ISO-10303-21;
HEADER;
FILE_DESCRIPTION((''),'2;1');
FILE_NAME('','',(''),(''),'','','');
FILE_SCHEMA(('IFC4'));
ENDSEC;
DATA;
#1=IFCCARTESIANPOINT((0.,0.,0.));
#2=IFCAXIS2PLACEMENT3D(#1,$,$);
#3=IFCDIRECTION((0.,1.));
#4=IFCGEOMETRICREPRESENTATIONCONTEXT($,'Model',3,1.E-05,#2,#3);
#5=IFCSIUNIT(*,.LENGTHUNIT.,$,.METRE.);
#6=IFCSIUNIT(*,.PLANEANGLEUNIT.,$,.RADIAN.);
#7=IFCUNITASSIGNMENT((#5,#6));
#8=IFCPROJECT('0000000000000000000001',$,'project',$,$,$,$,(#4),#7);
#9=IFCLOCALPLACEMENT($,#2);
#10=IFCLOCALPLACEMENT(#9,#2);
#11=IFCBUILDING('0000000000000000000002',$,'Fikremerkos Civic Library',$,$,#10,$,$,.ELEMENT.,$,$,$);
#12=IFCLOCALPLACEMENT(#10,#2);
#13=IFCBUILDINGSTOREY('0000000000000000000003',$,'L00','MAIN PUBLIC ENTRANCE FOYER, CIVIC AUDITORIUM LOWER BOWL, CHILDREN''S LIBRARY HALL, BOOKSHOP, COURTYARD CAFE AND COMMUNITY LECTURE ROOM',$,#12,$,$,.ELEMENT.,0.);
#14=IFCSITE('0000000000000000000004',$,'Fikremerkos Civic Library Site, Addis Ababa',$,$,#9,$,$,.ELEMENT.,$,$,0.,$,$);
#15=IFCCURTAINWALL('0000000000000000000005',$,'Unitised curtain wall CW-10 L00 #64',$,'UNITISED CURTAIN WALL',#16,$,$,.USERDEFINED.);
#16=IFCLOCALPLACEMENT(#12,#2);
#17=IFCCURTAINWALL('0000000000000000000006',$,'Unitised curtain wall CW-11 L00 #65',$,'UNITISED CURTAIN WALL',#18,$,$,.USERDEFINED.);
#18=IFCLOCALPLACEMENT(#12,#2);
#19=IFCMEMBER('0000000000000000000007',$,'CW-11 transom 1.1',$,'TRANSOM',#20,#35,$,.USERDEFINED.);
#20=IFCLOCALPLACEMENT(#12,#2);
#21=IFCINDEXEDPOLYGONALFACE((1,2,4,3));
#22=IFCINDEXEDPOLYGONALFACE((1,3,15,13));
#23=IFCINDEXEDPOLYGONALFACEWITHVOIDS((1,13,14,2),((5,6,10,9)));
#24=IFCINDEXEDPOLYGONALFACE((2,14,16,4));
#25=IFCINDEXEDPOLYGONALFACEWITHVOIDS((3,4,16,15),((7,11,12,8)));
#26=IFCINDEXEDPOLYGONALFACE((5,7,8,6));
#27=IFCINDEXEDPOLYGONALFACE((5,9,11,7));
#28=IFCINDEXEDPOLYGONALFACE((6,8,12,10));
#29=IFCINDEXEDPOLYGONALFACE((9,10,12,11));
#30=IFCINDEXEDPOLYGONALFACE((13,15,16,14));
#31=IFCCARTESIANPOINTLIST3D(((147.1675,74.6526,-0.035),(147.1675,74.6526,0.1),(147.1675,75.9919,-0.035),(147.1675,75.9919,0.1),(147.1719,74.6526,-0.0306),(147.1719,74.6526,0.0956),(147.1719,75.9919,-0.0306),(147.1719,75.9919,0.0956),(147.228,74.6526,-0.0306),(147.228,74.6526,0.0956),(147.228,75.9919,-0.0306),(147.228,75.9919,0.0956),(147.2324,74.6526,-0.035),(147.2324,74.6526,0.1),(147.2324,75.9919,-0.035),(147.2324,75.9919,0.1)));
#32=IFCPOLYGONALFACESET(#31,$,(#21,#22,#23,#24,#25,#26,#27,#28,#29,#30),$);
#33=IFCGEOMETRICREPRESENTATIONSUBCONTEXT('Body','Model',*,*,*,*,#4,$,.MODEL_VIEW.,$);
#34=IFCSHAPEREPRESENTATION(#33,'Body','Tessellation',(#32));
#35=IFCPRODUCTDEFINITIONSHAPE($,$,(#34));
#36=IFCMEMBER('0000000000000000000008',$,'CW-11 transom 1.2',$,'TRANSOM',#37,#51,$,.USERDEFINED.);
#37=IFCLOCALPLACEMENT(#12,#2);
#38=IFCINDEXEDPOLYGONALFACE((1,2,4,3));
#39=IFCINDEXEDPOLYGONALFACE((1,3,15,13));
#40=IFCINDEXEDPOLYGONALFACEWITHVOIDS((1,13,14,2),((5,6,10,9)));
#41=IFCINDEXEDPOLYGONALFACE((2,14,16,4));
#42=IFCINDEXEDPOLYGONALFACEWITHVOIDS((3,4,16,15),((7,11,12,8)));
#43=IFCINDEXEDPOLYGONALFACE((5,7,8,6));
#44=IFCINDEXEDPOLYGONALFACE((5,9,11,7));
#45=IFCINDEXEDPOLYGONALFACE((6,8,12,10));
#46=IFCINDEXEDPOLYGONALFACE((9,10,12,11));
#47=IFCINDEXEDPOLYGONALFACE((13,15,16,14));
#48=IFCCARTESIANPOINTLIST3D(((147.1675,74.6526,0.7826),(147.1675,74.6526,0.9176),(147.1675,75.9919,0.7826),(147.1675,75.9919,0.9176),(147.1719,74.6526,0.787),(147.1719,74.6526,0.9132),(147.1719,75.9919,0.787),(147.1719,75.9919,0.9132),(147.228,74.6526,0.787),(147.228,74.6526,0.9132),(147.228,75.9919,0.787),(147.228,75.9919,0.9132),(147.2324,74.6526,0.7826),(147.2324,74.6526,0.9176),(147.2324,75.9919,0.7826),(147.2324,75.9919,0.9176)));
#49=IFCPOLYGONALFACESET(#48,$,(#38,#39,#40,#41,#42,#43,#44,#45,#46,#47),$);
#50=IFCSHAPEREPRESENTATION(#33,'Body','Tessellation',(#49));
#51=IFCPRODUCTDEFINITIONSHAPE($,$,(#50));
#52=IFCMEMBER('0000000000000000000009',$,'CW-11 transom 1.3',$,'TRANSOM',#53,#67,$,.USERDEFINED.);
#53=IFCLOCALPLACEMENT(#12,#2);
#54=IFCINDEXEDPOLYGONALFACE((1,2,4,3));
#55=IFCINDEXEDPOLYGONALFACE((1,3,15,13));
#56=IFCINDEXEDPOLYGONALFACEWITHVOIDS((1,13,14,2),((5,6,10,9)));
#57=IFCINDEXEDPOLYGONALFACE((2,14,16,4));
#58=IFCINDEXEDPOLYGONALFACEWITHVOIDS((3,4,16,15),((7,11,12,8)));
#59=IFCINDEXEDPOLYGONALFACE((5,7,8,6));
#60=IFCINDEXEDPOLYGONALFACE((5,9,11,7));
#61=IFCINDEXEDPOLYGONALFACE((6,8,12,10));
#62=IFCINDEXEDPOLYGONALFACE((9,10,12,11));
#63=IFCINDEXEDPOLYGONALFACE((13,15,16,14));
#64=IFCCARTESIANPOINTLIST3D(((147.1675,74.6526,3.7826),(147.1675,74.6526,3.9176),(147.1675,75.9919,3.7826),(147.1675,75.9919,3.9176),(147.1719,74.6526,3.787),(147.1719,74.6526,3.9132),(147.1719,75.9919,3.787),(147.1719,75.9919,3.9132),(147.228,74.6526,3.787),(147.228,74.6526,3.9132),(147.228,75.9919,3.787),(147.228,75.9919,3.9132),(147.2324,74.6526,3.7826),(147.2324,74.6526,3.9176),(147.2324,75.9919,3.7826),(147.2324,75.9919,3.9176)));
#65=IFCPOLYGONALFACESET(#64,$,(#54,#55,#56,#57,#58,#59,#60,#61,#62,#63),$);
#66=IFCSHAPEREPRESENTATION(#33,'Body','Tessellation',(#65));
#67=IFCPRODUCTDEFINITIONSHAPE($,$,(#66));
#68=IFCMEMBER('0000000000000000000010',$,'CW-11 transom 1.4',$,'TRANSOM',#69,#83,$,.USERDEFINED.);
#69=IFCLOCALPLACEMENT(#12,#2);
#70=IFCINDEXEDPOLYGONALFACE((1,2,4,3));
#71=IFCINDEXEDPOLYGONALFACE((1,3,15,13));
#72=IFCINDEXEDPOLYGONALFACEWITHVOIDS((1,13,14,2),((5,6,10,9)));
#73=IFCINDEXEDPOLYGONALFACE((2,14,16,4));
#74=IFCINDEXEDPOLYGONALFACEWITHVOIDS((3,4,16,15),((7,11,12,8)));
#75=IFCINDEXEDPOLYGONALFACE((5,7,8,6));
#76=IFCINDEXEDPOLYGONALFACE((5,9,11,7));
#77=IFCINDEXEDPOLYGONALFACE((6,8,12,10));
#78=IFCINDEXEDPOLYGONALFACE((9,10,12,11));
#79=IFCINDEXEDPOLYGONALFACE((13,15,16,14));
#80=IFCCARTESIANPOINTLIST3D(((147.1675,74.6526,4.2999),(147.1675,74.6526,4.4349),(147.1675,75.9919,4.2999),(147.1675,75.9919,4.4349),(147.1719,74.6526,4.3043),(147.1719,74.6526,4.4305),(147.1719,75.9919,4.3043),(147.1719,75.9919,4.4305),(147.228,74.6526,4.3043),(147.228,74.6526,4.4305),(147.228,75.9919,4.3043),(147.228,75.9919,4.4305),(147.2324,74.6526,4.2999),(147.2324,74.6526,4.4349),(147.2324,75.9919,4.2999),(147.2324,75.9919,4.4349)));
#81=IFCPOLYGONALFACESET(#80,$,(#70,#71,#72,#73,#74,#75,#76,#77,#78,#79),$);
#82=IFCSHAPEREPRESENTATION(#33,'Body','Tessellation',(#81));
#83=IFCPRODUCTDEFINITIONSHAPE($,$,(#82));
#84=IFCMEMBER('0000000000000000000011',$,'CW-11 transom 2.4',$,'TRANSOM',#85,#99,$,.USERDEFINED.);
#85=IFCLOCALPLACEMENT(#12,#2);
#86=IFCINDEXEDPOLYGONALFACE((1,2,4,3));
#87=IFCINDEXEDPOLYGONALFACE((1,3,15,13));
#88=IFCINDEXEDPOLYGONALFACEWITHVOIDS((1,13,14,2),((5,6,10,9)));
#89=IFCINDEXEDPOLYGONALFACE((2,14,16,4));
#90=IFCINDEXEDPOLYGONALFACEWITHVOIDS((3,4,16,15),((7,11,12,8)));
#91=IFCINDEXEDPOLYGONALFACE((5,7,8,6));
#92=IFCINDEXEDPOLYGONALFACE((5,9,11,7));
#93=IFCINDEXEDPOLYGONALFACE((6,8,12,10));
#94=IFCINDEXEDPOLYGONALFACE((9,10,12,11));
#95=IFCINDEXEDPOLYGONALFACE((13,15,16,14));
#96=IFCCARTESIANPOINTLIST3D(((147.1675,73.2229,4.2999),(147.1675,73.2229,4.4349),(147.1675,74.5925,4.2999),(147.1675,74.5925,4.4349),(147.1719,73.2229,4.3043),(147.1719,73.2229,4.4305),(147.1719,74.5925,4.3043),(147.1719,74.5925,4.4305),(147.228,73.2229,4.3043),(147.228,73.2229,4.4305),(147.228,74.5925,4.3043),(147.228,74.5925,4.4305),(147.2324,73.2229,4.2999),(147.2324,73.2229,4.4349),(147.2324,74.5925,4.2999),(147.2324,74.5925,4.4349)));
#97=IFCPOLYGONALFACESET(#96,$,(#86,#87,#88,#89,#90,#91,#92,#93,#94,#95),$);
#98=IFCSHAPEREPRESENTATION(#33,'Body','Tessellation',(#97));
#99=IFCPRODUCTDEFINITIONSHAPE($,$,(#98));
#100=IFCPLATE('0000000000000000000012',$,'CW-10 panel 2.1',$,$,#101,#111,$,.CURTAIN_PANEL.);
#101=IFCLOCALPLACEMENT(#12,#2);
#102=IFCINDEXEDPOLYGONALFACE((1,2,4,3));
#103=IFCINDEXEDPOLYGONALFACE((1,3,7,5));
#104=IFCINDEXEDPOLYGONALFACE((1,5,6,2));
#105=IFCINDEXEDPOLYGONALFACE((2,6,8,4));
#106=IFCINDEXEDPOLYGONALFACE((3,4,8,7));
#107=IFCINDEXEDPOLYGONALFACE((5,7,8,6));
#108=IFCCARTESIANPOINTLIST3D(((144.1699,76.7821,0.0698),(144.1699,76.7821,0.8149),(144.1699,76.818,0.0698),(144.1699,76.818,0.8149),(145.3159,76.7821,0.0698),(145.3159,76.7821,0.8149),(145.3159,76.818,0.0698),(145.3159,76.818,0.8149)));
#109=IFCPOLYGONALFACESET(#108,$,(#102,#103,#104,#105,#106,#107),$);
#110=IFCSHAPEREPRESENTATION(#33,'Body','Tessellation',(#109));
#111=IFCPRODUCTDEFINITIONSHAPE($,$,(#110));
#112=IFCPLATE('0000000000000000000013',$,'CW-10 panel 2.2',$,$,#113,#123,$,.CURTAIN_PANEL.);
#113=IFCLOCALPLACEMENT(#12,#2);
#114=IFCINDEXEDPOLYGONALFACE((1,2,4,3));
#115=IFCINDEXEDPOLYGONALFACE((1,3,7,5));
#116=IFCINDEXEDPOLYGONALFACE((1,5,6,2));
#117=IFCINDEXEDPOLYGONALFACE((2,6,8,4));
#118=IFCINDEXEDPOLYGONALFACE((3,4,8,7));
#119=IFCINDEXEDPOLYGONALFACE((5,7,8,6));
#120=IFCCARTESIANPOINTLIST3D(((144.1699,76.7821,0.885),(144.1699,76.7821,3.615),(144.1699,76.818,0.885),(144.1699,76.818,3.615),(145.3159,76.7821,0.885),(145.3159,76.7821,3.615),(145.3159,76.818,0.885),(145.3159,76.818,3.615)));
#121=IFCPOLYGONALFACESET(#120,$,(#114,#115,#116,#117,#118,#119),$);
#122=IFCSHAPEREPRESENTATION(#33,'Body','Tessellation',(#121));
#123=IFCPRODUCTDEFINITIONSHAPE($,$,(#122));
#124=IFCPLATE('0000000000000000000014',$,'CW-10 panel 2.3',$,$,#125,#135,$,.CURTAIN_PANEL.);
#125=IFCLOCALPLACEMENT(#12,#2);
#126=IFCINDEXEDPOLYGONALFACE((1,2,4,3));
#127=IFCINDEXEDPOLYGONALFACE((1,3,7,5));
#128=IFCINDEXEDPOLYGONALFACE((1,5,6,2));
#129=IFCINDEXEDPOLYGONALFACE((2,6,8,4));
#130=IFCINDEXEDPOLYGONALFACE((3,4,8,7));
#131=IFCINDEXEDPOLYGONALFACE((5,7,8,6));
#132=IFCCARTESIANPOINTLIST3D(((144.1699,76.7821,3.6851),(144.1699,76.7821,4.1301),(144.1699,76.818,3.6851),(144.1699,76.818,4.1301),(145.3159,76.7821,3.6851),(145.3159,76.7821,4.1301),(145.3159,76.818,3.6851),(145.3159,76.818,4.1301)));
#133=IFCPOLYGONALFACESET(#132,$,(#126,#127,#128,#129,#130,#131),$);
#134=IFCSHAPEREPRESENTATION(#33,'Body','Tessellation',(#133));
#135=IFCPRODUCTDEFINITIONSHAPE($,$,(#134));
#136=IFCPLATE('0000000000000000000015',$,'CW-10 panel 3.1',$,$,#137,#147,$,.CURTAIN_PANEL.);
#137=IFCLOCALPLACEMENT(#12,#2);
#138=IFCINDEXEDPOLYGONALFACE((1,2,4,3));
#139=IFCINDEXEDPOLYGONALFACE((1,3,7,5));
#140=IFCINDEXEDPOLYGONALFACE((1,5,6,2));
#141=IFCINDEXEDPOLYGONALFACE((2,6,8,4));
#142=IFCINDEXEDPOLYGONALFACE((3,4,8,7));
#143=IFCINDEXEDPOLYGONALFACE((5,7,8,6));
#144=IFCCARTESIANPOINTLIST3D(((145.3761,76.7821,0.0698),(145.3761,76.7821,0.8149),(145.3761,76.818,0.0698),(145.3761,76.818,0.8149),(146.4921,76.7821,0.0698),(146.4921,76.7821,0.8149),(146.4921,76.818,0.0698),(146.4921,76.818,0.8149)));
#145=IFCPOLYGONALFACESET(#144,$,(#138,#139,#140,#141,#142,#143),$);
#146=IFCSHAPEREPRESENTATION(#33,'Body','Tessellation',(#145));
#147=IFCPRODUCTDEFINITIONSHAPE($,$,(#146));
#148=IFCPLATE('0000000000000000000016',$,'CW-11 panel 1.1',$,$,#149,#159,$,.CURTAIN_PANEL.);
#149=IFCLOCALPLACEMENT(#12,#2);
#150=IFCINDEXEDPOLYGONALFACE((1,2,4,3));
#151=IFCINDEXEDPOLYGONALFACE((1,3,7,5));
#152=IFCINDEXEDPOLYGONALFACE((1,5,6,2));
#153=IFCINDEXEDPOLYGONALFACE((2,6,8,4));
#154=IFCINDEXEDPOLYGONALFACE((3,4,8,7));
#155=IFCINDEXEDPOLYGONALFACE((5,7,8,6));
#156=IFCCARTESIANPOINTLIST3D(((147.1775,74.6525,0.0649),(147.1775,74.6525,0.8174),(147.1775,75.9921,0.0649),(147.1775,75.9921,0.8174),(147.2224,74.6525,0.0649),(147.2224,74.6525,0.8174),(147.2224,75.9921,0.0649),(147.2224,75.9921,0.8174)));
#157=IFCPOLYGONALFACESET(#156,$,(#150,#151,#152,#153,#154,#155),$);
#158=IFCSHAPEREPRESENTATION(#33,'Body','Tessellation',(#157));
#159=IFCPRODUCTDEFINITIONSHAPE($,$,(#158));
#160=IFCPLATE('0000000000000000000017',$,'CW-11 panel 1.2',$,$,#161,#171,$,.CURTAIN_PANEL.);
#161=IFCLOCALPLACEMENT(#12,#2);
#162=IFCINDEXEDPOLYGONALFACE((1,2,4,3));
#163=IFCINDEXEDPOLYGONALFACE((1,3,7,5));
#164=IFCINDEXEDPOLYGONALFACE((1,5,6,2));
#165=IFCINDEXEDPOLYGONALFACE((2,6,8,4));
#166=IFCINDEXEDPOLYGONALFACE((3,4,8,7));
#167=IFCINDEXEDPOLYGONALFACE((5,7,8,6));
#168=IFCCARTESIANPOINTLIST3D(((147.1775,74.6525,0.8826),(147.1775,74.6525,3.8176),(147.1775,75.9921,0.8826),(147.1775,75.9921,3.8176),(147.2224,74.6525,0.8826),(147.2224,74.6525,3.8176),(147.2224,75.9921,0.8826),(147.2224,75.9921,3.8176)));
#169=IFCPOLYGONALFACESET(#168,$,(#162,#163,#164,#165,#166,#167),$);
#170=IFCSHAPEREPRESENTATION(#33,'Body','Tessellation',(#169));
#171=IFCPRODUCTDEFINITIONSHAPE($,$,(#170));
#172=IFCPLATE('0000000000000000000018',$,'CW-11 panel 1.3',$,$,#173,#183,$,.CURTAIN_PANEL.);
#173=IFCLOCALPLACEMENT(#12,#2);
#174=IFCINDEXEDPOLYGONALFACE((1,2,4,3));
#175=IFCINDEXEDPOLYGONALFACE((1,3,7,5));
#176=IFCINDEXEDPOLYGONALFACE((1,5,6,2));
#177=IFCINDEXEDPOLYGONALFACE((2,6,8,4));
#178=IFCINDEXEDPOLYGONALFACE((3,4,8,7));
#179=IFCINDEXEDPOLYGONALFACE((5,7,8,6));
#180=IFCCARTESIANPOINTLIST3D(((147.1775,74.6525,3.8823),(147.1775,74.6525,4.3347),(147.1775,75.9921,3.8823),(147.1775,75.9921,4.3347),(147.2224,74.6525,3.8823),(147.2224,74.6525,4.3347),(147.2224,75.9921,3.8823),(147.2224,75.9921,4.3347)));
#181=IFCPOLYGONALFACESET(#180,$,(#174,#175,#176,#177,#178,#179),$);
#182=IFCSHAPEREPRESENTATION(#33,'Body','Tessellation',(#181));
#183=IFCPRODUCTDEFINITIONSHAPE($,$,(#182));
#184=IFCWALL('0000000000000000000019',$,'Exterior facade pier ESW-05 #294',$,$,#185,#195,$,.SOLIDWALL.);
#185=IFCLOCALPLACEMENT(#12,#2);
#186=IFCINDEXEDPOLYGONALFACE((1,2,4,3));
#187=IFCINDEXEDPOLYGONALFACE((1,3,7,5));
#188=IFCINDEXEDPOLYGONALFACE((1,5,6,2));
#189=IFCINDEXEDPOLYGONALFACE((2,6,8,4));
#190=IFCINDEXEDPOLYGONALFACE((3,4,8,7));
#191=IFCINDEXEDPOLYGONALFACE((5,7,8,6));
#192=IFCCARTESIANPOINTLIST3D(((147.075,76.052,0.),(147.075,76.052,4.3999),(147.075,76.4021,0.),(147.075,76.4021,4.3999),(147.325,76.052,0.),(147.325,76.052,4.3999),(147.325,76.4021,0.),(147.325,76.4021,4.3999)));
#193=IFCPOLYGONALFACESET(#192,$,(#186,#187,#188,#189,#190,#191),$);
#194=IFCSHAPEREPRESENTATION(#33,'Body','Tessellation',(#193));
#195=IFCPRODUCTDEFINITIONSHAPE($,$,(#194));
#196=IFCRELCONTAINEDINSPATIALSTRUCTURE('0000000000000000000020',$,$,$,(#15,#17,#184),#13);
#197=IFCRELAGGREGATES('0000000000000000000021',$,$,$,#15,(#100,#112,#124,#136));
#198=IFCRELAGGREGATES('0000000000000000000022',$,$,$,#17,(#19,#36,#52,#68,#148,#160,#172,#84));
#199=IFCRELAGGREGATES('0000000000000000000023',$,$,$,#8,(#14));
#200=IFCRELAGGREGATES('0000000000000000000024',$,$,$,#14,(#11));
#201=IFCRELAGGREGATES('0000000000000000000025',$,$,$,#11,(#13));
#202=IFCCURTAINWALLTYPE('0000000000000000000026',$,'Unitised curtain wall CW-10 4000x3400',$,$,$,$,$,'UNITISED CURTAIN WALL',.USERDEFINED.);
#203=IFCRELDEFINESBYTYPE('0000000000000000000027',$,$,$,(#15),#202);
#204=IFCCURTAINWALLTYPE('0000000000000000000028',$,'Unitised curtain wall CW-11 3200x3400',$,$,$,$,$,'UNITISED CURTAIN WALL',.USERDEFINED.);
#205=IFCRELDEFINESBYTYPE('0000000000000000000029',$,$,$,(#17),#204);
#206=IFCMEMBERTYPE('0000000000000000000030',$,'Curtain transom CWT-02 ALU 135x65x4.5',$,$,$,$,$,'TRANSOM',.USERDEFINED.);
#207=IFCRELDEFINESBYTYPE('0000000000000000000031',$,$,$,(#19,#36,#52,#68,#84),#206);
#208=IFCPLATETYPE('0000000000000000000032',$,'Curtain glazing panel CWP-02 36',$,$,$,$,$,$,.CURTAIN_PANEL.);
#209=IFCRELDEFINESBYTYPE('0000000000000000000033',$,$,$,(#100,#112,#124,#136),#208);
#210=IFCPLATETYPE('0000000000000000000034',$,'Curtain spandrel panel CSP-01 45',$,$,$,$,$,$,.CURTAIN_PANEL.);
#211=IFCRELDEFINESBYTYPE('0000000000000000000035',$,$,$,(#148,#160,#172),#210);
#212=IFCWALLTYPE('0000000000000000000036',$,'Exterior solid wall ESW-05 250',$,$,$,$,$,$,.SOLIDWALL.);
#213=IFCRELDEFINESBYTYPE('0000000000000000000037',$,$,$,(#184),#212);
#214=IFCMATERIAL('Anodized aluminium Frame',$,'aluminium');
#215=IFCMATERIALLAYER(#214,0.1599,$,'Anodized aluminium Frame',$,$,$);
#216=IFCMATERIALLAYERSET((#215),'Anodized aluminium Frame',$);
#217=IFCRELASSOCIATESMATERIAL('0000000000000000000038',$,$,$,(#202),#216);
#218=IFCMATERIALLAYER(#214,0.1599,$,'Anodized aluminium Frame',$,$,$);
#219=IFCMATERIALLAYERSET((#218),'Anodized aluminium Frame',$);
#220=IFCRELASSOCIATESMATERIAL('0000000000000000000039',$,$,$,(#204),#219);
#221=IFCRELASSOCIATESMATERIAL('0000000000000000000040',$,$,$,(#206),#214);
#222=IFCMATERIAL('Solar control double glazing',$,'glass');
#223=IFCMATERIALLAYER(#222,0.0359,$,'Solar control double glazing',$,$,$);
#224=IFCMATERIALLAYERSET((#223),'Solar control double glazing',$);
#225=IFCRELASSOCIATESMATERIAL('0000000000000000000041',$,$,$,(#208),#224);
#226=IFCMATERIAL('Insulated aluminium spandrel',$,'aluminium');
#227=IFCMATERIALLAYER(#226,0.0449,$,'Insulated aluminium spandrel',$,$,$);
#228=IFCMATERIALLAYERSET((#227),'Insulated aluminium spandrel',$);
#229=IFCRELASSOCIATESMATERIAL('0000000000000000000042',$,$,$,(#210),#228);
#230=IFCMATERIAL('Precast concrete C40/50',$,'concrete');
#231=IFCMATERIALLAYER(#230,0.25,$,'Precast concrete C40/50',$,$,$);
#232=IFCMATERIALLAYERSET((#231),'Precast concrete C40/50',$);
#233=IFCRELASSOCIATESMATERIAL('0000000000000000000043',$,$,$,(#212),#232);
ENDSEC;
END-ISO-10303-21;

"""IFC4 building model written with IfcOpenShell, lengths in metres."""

from ifc_helpers import new_model, si_unit, direction, frame, frame_2d, origin, origin_2d, place, context, subcontext, project, spatial, rectangle, hollow_rectangle, extrude, material, layer, layer_set, material_profile, profile_set, type_object, element, aggregate, save


model = new_model("IFC4")

# Units and contexts
model_context = context("Model", 3, precision=1e-05, world=origin(), true_north=direction((0.0, 1.0)))
body_context = subcontext(model_context, "Body", "Model", "MODEL_VIEW")
ifc_project = project(units=[si_unit("LENGTHUNIT", "METRE"), si_unit("PLANEANGLEUNIT", "RADIAN")], contexts=[model_context])

# Site, building, storey
site_placement = place(None, origin())
site = spatial("IfcSite", under=ifc_project, at=site_placement, Name="Fikremerkos Civic Library Site, Addis Ababa", CompositionType="ELEMENT", RefElevation=0.0)
building_placement = place(site_placement, origin())
building = spatial("IfcBuilding", under=site, at=building_placement, Name="Fikremerkos Civic Library", CompositionType="ELEMENT")
storey_placement = place(building_placement, origin())
storey = spatial("IfcBuildingStorey", under=building, at=storey_placement, Name="L00", Description="MAIN PUBLIC ENTRANCE FOYER, CIVIC AUDITORIUM LOWER BOWL, CHILDREN'S LIBRARY HALL, BOOKSHOP, COURTYARD CAFE AND COMMUNITY LECTURE ROOM", CompositionType="ELEMENT", Elevation=0.0)

# Curtain wall
ifc_material_1 = material(Name="Anodized aluminium Frame", Category="aluminium")
ifc_layer_1 = layer(ifc_material_1, 0.1599, Name="Anodized aluminium Frame")
ifc_layer_set_1 = layer_set([ifc_layer_1], Name="Anodized aluminium Frame")
curtain_wall_type_1 = type_object("IfcCurtainWallType", Name="Unitised curtain wall CW-10 4000x3400", ElementType="UNITISED CURTAIN WALL", PredefinedType="USERDEFINED", material=ifc_layer_set_1)
curtain_wall_1_placement = place(storey_placement, origin())
curtain_wall_1 = element("IfcCurtainWall", 1, at=curtain_wall_1_placement, inside=storey, type_object=curtain_wall_type_1, Name="Unitised curtain wall CW-10 L00 #64", ObjectType="UNITISED CURTAIN WALL", PredefinedType="USERDEFINED")

# Curtain wall
ifc_layer_2 = layer(ifc_material_1, 0.1599, Name="Anodized aluminium Frame")
ifc_layer_set_2 = layer_set([ifc_layer_2], Name="Anodized aluminium Frame")
curtain_wall_type_2 = type_object("IfcCurtainWallType", Name="Unitised curtain wall CW-11 3200x3400", ElementType="UNITISED CURTAIN WALL", PredefinedType="USERDEFINED", material=ifc_layer_set_2)
curtain_wall_2_placement = place(storey_placement, origin())
curtain_wall_2 = element("IfcCurtainWall", 2, at=curtain_wall_2_placement, inside=storey, type_object=curtain_wall_type_2, Name="Unitised curtain wall CW-11 L00 #65", ObjectType="UNITISED CURTAIN WALL", PredefinedType="USERDEFINED")

# Members
ifc_material_profile_1 = material_profile(ifc_material_1, hollow_rectangle(XDim=0.0649, YDim=0.135, WallThickness=0.0044, at=origin_2d()), Name="ALU 135x65x4.5")
ifc_profile_set_1 = profile_set([ifc_material_profile_1], Name="Anodized aluminium Frame")
member_type_1 = type_object("IfcMemberType", Name="Curtain transom CWT-02 ALU 135x65x4.5", ElementType="TRANSOM", PredefinedType="USERDEFINED", material=ifc_profile_set_1)
member_1_placement = place(storey_placement, frame((147.2, 75.9919, 0.0325), z_axis=(0.0, -1.0, 0.0), x_axis=(1.0, 0.0, 0.0)))
member_1 = element("IfcMember", 3, at=member_1_placement, type_object=member_type_1, Name="CW-11 transom 1.1", ObjectType="TRANSOM", PredefinedType="USERDEFINED", context=body_context, shape_type="SweptSolid", body=[
    extrude(hollow_rectangle(XDim=0.0649, YDim=0.135, WallThickness=0.0044, at=origin_2d()), origin(), (0.0, 0.0, 1.0), 1.3394),
])
member_2_placement = place(storey_placement, frame((147.2, 75.9919, 0.8501), z_axis=(0.0, -1.0, 0.0), x_axis=(1.0, 0.0, 0.0)))
member_2 = element("IfcMember", 4, at=member_2_placement, type_object=member_type_1, Name="CW-11 transom 1.2", ObjectType="TRANSOM", PredefinedType="USERDEFINED", context=body_context, shape_type="SweptSolid", body=[
    extrude(hollow_rectangle(XDim=0.0649, YDim=0.135, WallThickness=0.0044, at=origin_2d()), origin(), (0.0, 0.0, 1.0), 1.3394),
])
member_3_placement = place(storey_placement, frame((147.2, 75.9919, 3.8501), z_axis=(0.0, -1.0, 0.0), x_axis=(1.0, 0.0, 0.0)))
member_3 = element("IfcMember", 5, at=member_3_placement, type_object=member_type_1, Name="CW-11 transom 1.3", ObjectType="TRANSOM", PredefinedType="USERDEFINED", context=body_context, shape_type="SweptSolid", body=[
    extrude(hollow_rectangle(XDim=0.0649, YDim=0.135, WallThickness=0.0044, at=origin_2d()), origin(), (0.0, 0.0, 1.0), 1.3394),
])
member_4_placement = place(storey_placement, frame((147.2, 75.9919, 4.3674), z_axis=(0.0, -1.0, 0.0), x_axis=(1.0, 0.0, 0.0)))
member_4 = element("IfcMember", 6, at=member_4_placement, type_object=member_type_1, Name="CW-11 transom 1.4", ObjectType="TRANSOM", PredefinedType="USERDEFINED", context=body_context, shape_type="SweptSolid", body=[
    extrude(hollow_rectangle(XDim=0.0649, YDim=0.135, WallThickness=0.0044, at=origin_2d()), origin(), (0.0, 0.0, 1.0), 1.3394),
])
member_5_placement = place(storey_placement, frame((147.2, 74.5925, 4.3674), z_axis=(0.0, -1.0, 0.0), x_axis=(1.0, 0.0, 0.0)))
member_5 = element("IfcMember", 7, at=member_5_placement, type_object=member_type_1, Name="CW-11 transom 2.4", ObjectType="TRANSOM", PredefinedType="USERDEFINED", context=body_context, shape_type="SweptSolid", body=[
    extrude(hollow_rectangle(XDim=0.0649, YDim=0.135, WallThickness=0.0044, at=origin_2d()), origin(), (0.0, 0.0, 1.0), 1.3696),
])

# Plates
ifc_material_2 = material(Name="Solar control double glazing", Category="glass")
ifc_layer_3 = layer(ifc_material_2, 0.0359, Name="Solar control double glazing")
ifc_layer_set_3 = layer_set([ifc_layer_3], Name="Solar control double glazing")
plate_type_1 = type_object("IfcPlateType", Name="Curtain glazing panel CWP-02 36", PredefinedType="CURTAIN_PANEL", material=ifc_layer_set_3)
plate_1_placement = place(storey_placement, frame((144.7429, 76.8, 0.0698), z_axis=(0.0, 0.0, 1.0), x_axis=(1.0, 0.0, 0.0)))
plate_1 = element("IfcPlate", 8, at=plate_1_placement, type_object=plate_type_1, Name="CW-10 panel 2.1", PredefinedType="CURTAIN_PANEL", context=body_context, shape_type="SweptSolid", body=[
    extrude(rectangle(XDim=1.146, YDim=0.0359, at=origin_2d()), origin(), (0.0, 0.0, 1.0), 0.7451),
])
plate_2_placement = place(storey_placement, frame((144.7429, 76.8, 0.885), z_axis=(0.0, 0.0, 1.0), x_axis=(1.0, 0.0, 0.0)))
plate_2 = element("IfcPlate", 9, at=plate_2_placement, type_object=plate_type_1, Name="CW-10 panel 2.2", PredefinedType="CURTAIN_PANEL", context=body_context, shape_type="SweptSolid", body=[
    extrude(rectangle(XDim=1.146, YDim=0.0359, at=origin_2d()), origin(), (0.0, 0.0, 1.0), 2.73),
])
plate_3_placement = place(storey_placement, frame((144.7429, 76.8, 3.6851), z_axis=(0.0, 0.0, 1.0), x_axis=(1.0, 0.0, 0.0)))
plate_3 = element("IfcPlate", 10, at=plate_3_placement, type_object=plate_type_1, Name="CW-10 panel 2.3", PredefinedType="CURTAIN_PANEL", context=body_context, shape_type="SweptSolid", body=[
    extrude(rectangle(XDim=1.146, YDim=0.0359, at=origin_2d()), origin(), (0.0, 0.0, 1.0), 0.4451),
])
plate_4_placement = place(storey_placement, frame((145.9341, 76.8, 0.0698), z_axis=(0.0, 0.0, 1.0), x_axis=(1.0, 0.0, 0.0)))
plate_4 = element("IfcPlate", 11, at=plate_4_placement, type_object=plate_type_1, Name="CW-10 panel 3.1", PredefinedType="CURTAIN_PANEL", context=body_context, shape_type="SweptSolid", body=[
    extrude(rectangle(XDim=1.116, YDim=0.0359, at=origin_2d()), origin(), (0.0, 0.0, 1.0), 0.7451),
])
aggregate(curtain_wall_1, [plate_1, plate_2, plate_3, plate_4])
ifc_material_3 = material(Name="Insulated aluminium spandrel", Category="aluminium")
ifc_layer_4 = layer(ifc_material_3, 0.0449, Name="Insulated aluminium spandrel")
ifc_layer_set_4 = layer_set([ifc_layer_4], Name="Insulated aluminium spandrel")
plate_type_2 = type_object("IfcPlateType", Name="Curtain spandrel panel CSP-01 45", PredefinedType="CURTAIN_PANEL", material=ifc_layer_set_4)
plate_5_placement = place(storey_placement, frame((147.2, 75.3223, 0.0649), z_axis=(0.0, 0.0, 1.0), x_axis=(0.0, -1.0, 0.0)))
plate_5 = element("IfcPlate", 12, at=plate_5_placement, type_object=plate_type_2, Name="CW-11 panel 1.1", PredefinedType="CURTAIN_PANEL", context=body_context, shape_type="SweptSolid", body=[
    extrude(rectangle(XDim=1.3396, YDim=0.0449, at=origin_2d()), origin(), (0.0, 0.0, 1.0), 0.7524),
])
plate_6_placement = place(storey_placement, frame((147.2, 75.3223, 0.8826), z_axis=(0.0, 0.0, 1.0), x_axis=(0.0, -1.0, 0.0)))
plate_6 = element("IfcPlate", 13, at=plate_6_placement, type_object=plate_type_2, Name="CW-11 panel 1.2", PredefinedType="CURTAIN_PANEL", context=body_context, shape_type="SweptSolid", body=[
    extrude(rectangle(XDim=1.3396, YDim=0.0449, at=origin_2d()), origin(), (0.0, 0.0, 1.0), 2.9351),
])
plate_7_placement = place(storey_placement, frame((147.2, 75.3223, 3.8823), z_axis=(0.0, 0.0, 1.0), x_axis=(0.0, -1.0, 0.0)))
plate_7 = element("IfcPlate", 14, at=plate_7_placement, type_object=plate_type_2, Name="CW-11 panel 1.3", PredefinedType="CURTAIN_PANEL", context=body_context, shape_type="SweptSolid", body=[
    extrude(rectangle(XDim=1.3396, YDim=0.0449, at=origin_2d()), origin(), (0.0, 0.0, 1.0), 0.4524),
])
aggregate(curtain_wall_2, [member_1, member_2, member_3, member_4, plate_5, plate_6, plate_7, member_5])

# Wall
ifc_material_4 = material(Name="Precast concrete C40/50", Category="concrete")
ifc_layer_5 = layer(ifc_material_4, 0.25, Name="Precast concrete C40/50")
ifc_layer_set_5 = layer_set([ifc_layer_5], Name="Precast concrete C40/50")
wall_type = type_object("IfcWallType", Name="Exterior solid wall ESW-05 250", PredefinedType="SOLIDWALL", material=ifc_layer_set_5)
wall_placement = place(storey_placement, frame((147.2, 76.4021, 0.0), z_axis=(0.0, 0.0, 1.0), x_axis=(0.0, -1.0, 0.0)))
element("IfcWall", 15, at=wall_placement, inside=storey, type_object=wall_type, Name="Exterior facade pier ESW-05 #294", PredefinedType="SOLIDWALL", context=body_context, shape_type="SweptSolid", body=[
    extrude(rectangle(XDim=0.3501, YDim=0.25, at=frame_2d((0.175, 0.0))), origin(), (0.0, 0.0, 1.0), 4.3999),
])

save(model, "model.ifc")
